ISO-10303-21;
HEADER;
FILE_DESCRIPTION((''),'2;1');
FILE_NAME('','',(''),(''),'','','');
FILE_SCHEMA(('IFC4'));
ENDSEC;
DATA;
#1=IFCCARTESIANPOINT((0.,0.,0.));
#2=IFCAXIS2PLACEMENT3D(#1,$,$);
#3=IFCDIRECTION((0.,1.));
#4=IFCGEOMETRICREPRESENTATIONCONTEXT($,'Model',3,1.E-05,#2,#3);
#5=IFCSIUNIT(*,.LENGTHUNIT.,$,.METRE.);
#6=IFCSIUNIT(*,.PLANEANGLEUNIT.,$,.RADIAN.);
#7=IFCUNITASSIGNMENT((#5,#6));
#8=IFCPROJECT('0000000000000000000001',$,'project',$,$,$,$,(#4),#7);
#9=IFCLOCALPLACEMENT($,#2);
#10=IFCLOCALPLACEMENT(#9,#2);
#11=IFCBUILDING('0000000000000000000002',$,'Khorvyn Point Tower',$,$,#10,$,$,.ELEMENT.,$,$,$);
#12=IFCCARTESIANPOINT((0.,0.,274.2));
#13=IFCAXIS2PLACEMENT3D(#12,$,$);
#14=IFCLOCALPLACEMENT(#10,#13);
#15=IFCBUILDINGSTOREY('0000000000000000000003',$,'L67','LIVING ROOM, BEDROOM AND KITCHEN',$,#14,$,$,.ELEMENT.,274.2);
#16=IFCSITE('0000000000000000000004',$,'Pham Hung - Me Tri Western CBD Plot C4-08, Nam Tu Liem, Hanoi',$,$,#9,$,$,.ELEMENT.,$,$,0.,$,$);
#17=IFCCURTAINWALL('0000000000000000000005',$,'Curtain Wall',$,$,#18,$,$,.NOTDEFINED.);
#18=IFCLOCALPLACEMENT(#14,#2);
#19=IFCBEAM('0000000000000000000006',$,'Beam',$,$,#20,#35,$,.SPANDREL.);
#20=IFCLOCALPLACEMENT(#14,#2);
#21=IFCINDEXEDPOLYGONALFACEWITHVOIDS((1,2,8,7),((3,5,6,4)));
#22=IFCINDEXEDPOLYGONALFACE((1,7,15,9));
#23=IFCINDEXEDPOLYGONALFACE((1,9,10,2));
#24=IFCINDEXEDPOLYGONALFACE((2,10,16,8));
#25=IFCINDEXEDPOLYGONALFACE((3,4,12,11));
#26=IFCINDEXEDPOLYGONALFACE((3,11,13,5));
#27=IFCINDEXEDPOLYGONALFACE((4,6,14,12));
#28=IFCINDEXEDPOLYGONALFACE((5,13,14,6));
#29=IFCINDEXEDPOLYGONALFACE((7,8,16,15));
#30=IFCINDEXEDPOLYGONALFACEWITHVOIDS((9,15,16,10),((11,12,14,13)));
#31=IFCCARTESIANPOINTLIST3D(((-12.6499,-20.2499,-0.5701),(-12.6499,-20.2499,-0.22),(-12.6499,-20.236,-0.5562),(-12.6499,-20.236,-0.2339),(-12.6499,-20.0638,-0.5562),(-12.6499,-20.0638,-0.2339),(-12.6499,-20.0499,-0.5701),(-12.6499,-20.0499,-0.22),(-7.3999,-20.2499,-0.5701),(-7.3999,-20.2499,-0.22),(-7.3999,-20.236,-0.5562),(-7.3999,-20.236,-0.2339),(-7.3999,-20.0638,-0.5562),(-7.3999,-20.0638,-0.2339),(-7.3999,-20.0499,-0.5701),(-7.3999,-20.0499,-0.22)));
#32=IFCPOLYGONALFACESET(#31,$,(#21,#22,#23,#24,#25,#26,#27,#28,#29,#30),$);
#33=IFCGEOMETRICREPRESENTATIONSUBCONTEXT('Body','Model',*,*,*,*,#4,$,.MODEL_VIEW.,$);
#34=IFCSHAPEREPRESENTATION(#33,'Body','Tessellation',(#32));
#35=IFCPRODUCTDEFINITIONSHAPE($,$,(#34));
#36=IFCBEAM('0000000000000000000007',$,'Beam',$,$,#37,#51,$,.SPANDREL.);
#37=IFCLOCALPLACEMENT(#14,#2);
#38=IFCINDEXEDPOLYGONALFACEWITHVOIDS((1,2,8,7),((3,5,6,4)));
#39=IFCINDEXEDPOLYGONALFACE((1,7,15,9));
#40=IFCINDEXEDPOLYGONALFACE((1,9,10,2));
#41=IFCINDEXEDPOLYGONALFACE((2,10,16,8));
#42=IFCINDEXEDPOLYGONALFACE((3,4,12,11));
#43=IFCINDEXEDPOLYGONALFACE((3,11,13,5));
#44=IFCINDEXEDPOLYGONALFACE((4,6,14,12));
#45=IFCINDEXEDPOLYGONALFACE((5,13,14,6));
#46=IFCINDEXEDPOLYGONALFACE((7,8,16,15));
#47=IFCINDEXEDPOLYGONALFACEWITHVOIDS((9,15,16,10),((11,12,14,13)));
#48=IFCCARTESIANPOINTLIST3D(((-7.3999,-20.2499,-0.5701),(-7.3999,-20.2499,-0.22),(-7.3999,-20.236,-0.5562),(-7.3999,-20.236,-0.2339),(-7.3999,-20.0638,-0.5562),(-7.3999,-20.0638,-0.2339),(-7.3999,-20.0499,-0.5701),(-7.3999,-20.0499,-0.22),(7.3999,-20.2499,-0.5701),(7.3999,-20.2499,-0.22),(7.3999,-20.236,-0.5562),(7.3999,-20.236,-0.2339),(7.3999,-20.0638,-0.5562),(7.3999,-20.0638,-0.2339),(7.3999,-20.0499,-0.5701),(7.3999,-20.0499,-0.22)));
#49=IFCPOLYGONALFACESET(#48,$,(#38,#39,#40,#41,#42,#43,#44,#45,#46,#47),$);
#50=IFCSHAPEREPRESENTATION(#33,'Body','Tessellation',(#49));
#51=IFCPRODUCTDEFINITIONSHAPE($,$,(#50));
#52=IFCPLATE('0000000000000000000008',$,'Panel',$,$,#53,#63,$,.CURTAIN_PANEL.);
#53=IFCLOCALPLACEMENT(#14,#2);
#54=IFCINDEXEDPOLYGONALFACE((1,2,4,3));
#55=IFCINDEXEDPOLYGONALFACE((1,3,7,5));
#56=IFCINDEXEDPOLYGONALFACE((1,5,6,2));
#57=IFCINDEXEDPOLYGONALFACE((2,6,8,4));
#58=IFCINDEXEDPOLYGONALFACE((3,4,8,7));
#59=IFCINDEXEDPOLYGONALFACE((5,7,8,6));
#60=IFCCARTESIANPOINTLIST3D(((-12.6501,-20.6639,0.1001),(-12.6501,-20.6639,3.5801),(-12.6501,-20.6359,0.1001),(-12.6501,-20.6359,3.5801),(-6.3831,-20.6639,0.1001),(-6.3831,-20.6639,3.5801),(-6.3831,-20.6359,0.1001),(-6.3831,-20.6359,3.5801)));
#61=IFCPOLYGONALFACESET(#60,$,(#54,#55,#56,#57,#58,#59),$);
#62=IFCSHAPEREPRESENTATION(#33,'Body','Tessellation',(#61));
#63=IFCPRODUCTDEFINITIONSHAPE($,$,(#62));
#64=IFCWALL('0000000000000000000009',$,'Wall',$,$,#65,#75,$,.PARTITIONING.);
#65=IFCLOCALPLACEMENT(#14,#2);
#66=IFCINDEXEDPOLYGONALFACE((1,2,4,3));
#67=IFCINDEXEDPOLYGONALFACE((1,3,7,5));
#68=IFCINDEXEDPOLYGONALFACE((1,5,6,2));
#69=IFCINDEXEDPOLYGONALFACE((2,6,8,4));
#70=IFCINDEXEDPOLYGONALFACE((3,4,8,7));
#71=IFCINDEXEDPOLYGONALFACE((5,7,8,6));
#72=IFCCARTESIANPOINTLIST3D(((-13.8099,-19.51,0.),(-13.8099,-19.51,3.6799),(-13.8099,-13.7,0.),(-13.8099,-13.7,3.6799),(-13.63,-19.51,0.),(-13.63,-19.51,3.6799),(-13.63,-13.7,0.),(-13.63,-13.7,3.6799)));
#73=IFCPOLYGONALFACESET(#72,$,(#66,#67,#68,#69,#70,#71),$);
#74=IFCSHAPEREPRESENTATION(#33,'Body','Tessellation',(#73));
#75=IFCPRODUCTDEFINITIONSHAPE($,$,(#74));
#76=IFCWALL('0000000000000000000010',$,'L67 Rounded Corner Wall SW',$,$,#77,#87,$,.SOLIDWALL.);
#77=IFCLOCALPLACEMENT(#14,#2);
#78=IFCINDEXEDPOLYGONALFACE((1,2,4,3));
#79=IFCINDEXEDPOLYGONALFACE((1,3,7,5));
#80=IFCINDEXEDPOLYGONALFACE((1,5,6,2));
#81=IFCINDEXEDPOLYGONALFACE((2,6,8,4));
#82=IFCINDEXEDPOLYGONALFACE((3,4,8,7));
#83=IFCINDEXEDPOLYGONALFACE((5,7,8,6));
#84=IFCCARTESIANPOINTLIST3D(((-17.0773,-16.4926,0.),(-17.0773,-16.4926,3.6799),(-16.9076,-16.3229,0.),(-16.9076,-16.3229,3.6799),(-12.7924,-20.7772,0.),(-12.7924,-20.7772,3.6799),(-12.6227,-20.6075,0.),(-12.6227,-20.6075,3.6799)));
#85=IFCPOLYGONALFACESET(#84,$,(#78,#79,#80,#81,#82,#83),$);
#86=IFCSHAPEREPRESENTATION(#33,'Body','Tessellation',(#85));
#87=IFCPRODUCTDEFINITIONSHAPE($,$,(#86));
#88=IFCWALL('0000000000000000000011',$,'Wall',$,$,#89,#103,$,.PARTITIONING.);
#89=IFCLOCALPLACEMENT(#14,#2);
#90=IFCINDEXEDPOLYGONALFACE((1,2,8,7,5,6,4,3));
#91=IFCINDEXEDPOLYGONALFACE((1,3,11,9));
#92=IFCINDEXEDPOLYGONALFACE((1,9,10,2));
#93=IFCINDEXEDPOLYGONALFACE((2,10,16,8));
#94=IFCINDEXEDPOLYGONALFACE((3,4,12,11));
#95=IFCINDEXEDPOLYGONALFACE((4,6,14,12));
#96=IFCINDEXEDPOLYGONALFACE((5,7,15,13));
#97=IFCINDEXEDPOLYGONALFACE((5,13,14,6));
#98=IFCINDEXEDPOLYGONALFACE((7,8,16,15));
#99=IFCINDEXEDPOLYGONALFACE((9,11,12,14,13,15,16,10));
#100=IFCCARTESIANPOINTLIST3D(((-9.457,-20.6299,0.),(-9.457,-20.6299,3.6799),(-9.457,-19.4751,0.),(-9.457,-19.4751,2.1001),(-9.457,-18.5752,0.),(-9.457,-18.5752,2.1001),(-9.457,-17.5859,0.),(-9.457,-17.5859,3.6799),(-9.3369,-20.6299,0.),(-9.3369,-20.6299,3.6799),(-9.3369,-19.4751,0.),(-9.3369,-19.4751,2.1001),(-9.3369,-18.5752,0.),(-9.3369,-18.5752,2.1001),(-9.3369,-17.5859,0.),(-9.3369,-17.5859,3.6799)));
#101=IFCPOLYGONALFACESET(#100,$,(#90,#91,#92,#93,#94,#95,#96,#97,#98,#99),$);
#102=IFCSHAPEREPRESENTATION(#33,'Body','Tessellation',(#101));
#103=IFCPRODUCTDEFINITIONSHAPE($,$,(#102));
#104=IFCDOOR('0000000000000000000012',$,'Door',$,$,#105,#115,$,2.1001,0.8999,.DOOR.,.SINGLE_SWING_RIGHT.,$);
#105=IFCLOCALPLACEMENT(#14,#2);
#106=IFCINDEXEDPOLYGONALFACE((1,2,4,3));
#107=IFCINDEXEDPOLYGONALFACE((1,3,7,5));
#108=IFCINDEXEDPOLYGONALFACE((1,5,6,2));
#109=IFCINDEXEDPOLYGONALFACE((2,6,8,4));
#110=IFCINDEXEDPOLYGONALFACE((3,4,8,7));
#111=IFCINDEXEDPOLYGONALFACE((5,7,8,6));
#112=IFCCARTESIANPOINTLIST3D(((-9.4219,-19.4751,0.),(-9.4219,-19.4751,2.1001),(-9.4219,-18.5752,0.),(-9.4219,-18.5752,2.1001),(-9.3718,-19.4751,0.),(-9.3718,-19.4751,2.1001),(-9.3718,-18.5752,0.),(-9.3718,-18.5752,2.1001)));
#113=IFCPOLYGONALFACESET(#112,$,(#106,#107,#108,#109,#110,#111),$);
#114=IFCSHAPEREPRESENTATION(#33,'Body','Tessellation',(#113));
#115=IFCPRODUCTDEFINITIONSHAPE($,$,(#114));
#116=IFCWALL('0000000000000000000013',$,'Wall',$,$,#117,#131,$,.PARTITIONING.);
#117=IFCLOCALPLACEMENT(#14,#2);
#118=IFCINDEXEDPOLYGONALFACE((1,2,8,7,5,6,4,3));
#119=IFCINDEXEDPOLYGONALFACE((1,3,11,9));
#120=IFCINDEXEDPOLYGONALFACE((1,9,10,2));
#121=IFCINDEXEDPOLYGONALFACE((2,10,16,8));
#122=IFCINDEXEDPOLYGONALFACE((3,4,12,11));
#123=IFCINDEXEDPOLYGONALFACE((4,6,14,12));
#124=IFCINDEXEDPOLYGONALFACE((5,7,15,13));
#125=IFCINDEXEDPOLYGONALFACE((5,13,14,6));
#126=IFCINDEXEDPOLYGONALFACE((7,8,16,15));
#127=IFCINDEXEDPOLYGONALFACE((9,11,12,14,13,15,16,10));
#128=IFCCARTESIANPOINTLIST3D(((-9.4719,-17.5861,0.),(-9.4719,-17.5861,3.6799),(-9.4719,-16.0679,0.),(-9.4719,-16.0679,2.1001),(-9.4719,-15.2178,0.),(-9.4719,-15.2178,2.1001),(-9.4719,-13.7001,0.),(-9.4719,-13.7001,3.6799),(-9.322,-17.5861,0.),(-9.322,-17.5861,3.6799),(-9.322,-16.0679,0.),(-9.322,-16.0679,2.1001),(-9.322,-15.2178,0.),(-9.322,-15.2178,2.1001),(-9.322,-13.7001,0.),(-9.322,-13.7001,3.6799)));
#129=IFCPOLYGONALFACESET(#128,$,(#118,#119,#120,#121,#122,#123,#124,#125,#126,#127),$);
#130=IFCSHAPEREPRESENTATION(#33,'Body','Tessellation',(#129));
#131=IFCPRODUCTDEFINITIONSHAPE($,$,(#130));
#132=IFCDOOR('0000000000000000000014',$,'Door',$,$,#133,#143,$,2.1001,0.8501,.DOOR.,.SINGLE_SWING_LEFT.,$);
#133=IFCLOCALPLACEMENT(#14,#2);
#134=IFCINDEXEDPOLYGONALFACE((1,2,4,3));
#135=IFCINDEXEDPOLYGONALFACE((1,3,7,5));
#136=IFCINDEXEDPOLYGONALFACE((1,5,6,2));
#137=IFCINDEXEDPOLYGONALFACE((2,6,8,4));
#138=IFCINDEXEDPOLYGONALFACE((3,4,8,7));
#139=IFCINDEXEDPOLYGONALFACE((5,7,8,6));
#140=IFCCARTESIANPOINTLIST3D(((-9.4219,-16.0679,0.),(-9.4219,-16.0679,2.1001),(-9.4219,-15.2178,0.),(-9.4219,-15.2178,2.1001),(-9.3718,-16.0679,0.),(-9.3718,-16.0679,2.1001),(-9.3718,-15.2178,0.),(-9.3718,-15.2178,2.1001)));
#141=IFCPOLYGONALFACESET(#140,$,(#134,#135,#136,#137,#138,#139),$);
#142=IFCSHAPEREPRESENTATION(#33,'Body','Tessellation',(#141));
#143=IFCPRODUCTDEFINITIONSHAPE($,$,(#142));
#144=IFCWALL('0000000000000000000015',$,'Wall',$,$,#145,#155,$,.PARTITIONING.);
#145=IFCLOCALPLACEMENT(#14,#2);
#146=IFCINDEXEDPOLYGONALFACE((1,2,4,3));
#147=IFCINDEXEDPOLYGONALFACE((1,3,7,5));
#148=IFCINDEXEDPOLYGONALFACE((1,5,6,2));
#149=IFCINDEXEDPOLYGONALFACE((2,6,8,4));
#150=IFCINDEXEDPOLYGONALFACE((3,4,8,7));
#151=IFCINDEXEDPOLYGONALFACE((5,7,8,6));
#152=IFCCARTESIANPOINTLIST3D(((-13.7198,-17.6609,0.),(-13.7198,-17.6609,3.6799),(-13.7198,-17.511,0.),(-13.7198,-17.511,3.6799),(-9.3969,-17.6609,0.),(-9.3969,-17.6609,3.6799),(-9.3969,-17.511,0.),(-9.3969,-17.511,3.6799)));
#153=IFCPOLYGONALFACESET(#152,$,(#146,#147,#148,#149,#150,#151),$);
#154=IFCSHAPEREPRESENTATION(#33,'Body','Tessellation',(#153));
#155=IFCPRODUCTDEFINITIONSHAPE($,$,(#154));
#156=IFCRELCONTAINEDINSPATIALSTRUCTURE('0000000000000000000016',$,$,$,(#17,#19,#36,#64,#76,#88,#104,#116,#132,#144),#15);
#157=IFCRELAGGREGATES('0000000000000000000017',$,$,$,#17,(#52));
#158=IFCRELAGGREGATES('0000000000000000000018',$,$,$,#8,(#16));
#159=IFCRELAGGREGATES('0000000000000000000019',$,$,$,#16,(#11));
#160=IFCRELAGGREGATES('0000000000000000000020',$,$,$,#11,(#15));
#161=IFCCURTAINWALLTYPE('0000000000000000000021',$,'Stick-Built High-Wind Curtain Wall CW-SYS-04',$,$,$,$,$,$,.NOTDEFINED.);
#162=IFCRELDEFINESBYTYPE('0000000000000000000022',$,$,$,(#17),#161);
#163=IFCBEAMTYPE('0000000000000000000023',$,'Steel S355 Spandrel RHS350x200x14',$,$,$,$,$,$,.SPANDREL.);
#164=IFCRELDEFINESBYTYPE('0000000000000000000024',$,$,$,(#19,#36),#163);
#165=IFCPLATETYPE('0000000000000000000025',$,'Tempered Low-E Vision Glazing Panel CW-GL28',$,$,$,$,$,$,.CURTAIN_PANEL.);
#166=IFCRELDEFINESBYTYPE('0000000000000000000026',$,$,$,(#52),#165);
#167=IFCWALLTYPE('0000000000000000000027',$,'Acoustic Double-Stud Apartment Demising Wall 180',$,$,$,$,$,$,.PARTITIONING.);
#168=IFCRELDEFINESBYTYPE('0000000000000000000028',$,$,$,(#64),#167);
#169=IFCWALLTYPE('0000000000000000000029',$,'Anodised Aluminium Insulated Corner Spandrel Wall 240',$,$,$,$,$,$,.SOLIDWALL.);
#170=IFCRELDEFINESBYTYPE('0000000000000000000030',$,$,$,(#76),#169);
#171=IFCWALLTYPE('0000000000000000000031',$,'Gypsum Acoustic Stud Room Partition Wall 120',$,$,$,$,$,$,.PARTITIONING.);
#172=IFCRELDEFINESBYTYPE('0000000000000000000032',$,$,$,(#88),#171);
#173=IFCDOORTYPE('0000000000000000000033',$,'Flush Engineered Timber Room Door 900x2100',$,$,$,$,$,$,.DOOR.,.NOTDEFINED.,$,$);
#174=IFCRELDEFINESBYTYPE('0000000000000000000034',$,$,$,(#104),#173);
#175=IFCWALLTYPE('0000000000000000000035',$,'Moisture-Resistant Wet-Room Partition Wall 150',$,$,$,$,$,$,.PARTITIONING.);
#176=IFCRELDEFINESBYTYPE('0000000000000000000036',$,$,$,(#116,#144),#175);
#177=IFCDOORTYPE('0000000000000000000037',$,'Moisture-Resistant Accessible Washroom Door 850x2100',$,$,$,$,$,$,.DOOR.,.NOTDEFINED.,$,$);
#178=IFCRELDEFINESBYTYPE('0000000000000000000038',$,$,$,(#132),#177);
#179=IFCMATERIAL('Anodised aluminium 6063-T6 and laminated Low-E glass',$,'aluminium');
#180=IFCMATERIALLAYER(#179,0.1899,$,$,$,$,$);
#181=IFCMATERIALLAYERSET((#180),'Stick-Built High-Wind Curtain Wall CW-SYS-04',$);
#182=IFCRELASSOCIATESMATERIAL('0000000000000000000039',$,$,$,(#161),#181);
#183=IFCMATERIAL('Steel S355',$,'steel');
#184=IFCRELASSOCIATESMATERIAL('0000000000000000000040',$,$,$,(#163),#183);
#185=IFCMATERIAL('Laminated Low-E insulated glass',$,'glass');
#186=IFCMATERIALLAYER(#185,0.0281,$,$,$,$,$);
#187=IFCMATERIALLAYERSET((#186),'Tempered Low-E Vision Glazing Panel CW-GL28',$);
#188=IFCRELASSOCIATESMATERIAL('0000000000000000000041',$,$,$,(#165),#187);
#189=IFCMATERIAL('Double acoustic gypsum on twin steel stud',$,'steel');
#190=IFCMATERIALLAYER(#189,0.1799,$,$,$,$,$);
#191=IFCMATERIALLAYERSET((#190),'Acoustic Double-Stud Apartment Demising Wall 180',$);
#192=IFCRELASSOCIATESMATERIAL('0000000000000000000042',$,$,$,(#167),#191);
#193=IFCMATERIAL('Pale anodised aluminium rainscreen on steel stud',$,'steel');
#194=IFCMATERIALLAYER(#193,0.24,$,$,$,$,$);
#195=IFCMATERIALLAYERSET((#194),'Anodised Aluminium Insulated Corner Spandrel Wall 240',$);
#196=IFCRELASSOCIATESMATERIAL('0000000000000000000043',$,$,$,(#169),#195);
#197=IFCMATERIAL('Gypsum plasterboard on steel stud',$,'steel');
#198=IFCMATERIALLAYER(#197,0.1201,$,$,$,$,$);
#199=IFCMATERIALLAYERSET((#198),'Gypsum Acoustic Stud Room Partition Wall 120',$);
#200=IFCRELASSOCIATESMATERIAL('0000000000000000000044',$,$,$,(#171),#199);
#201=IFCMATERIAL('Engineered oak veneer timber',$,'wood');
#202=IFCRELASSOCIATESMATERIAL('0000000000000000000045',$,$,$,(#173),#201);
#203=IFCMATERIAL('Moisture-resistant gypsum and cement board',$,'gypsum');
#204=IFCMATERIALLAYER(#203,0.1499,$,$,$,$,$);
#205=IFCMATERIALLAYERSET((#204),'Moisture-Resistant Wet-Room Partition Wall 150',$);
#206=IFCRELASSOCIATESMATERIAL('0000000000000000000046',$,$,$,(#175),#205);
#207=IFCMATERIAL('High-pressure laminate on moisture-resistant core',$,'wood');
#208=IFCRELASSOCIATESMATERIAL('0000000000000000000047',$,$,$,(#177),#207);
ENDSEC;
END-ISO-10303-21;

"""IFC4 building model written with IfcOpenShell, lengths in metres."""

from ifc_helpers import new_model, si_unit, direction, frame, frame_2d, origin, origin_2d, place, context, subcontext, project, spatial, rectangle, hollow_rectangle, extrude, material, layer, layer_set, material_profile, profile_set, type_object, element, fill, aggregate, save


model = new_model("IFC4")

# Units and contexts
model_context = context("Model", 3, precision=1e-05, world=origin(), true_north=direction((0.0, 1.0)))
body_context = subcontext(model_context, "Body", "Model", "MODEL_VIEW")
ifc_project = project(units=[si_unit("LENGTHUNIT", "METRE"), si_unit("PLANEANGLEUNIT", "RADIAN")], contexts=[model_context])

# Site, building, storey
site_placement = place(None, origin())
site = spatial("IfcSite", under=ifc_project, at=site_placement, Name="Pham Hung - Me Tri Western CBD Plot C4-08, Nam Tu Liem, Hanoi", CompositionType="ELEMENT", RefElevation=0.0)
building_placement = place(site_placement, origin())
building = spatial("IfcBuilding", under=site, at=building_placement, Name="Khorvyn Point Tower", CompositionType="ELEMENT")
storey_placement = place(building_placement, frame((0.0, 0.0, 274.2)))
storey = spatial("IfcBuildingStorey", under=building, at=storey_placement, Name="L67", Description="LIVING ROOM, BEDROOM AND KITCHEN", CompositionType="ELEMENT", Elevation=274.2)

# Shared definitions
ifc_material_1 = material(Name="Steel S355", Category="steel")

# Curtain wall
ifc_material_2 = material(Name="Anodised aluminium 6063-T6 and laminated Low-E glass", Category="aluminium")
ifc_layer_1 = layer(ifc_material_2, 0.1899)
ifc_layer_set_1 = layer_set([ifc_layer_1], Name="Stick-Built High-Wind Curtain Wall CW-SYS-04")
curtain_wall_type = type_object("IfcCurtainWallType", Name="Stick-Built High-Wind Curtain Wall CW-SYS-04", PredefinedType="NOTDEFINED", material=ifc_layer_set_1)
curtain_wall_1_placement = place(storey_placement, origin())
curtain_wall_1 = element("IfcCurtainWall", 1, at=curtain_wall_1_placement, inside=storey, type_object=curtain_wall_type, Name="Curtain Wall", PredefinedType="NOTDEFINED")

# Beams
ifc_material_profile_1 = material_profile(ifc_material_1, hollow_rectangle(XDim=0.2, YDim=0.3501, WallThickness=0.0139, at=origin_2d()))
ifc_profile_set_1 = profile_set([ifc_material_profile_1], Name="Steel S355 RHS350x200x14")
beam_type_1 = type_object("IfcBeamType", Name="Steel S355 Spandrel RHS350x200x14", PredefinedType="SPANDREL", material=ifc_profile_set_1)
beam_1_placement = place(storey_placement, frame((-12.6499, -20.1499, -0.395), z_axis=(1.0, 0.0, 0.0), x_axis=(0.0, 1.0, 0.0)))
element("IfcBeam", 2, at=beam_1_placement, inside=storey, type_object=beam_type_1, Name="Beam", PredefinedType="SPANDREL", context=body_context, shape_type="SweptSolid", body=[
    extrude(hollow_rectangle(XDim=0.2, YDim=0.3501, WallThickness=0.0139, at=origin_2d()), origin(), (0.0, 0.0, 1.0), 5.25),
])
beam_2_placement = place(storey_placement, frame((-7.3999, -20.1499, -0.395), z_axis=(1.0, 0.0, 0.0), x_axis=(0.0, 1.0, 0.0)))
element("IfcBeam", 3, at=beam_2_placement, inside=storey, type_object=beam_type_1, Name="Beam", PredefinedType="SPANDREL", context=body_context, shape_type="SweptSolid", body=[
    extrude(hollow_rectangle(XDim=0.2, YDim=0.3501, WallThickness=0.0139, at=origin_2d()), origin(), (0.0, 0.0, 1.0), 14.7998),
])

# Plate
ifc_material_3 = material(Name="Laminated Low-E insulated glass", Category="glass")
ifc_layer_2 = layer(ifc_material_3, 0.0281)
ifc_layer_set_2 = layer_set([ifc_layer_2], Name="Tempered Low-E Vision Glazing Panel CW-GL28")
plate_type = type_object("IfcPlateType", Name="Tempered Low-E Vision Glazing Panel CW-GL28", PredefinedType="CURTAIN_PANEL", material=ifc_layer_set_2)
plate_placement = place(storey_placement, frame((-9.5166, -20.6499, 0.1001), z_axis=(0.0, 0.0, 1.0), x_axis=(-1.0, 0.0, 0.0)))
plate = element("IfcPlate", 4, at=plate_placement, type_object=plate_type, Name="Panel", PredefinedType="CURTAIN_PANEL", context=body_context, shape_type="SweptSolid", body=[
    extrude(rectangle(XDim=6.2671, YDim=0.0281, at=origin_2d()), origin(), (0.0, 0.0, 1.0), 3.48),
])
aggregate(curtain_wall_1, [plate])

# Walls
ifc_material_4 = material(Name="Double acoustic gypsum on twin steel stud", Category="steel")
ifc_layer_3 = layer(ifc_material_4, 0.1799)
ifc_layer_set_3 = layer_set([ifc_layer_3], Name="Acoustic Double-Stud Apartment Demising Wall 180")
wall_type_1 = type_object("IfcWallType", Name="Acoustic Double-Stud Apartment Demising Wall 180", PredefinedType="PARTITIONING", material=ifc_layer_set_3)
wall_1_placement = place(storey_placement, frame((-13.72, -19.51, 0.0), z_axis=(0.0, 0.0, 1.0), x_axis=(0.0, 1.0, 0.0)))
element("IfcWall", 5, at=wall_1_placement, inside=storey, type_object=wall_type_1, Name="Wall", PredefinedType="PARTITIONING", context=body_context, shape_type="SweptSolid", body=[
    extrude(rectangle(XDim=5.8101, YDim=0.1799, at=frame_2d((2.905, 0.0))), origin(), (0.0, 0.0, 1.0), 3.6799),
])
ifc_material_5 = material(Name="Pale anodised aluminium rainscreen on steel stud", Category="steel")
ifc_layer_4 = layer(ifc_material_5, 0.24)
ifc_layer_set_4 = layer_set([ifc_layer_4], Name="Anodised Aluminium Insulated Corner Spandrel Wall 240")
wall_type_2 = type_object("IfcWallType", Name="Anodised Aluminium Insulated Corner Spandrel Wall 240", PredefinedType="SOLIDWALL", material=ifc_layer_set_4)
wall_2_placement = place(storey_placement, frame((-12.7075, -20.6924, 0.0), z_axis=(0.0, 0.0, 1.0), x_axis=(-0.707127, 0.707087, 0.0)))
element("IfcWall", 6, at=wall_2_placement, inside=storey, type_object=wall_type_2, Name="L67 Rounded Corner Wall SW", PredefinedType="SOLIDWALL", context=body_context, shape_type="SweptSolid", body=[
    extrude(rectangle(XDim=6.0596, YDim=0.24, at=frame_2d((3.0298, 0.0))), origin(), (0.0, 0.0, 1.0), 3.6799),
])

# Walls, openings, doors
ifc_material_6 = material(Name="Gypsum plasterboard on steel stud", Category="steel")
ifc_layer_5 = layer(ifc_material_6, 0.1201)
ifc_layer_set_5 = layer_set([ifc_layer_5], Name="Gypsum Acoustic Stud Room Partition Wall 120")
wall_type_3 = type_object("IfcWallType", Name="Gypsum Acoustic Stud Room Partition Wall 120", PredefinedType="PARTITIONING", material=ifc_layer_set_5)
wall_3_placement = place(storey_placement, frame((-9.397, -20.6299, 0.0), z_axis=(0.0, 0.0, 1.0), x_axis=(0.0, 1.0, 0.0)))
wall_3 = element("IfcWall", 7, at=wall_3_placement, inside=storey, type_object=wall_type_3, Name="Wall", PredefinedType="PARTITIONING", context=body_context, shape_type="SweptSolid", body=[
    extrude(rectangle(XDim=3.0439, YDim=0.1201, at=frame_2d((1.522, 0.0))), origin(), (0.0, 0.0, 1.0), 3.6799),
])
opening_1_placement = place(wall_3_placement, frame((1.1548, 0.0, 0.0)))
opening_1 = element("IfcOpeningElement", 8, at=opening_1_placement, cuts=wall_3, PredefinedType="OPENING", context=body_context, shape_type="SweptSolid", body=[
    extrude(rectangle(XDim=0.8999, YDim=2.1001, at=frame_2d((0.45, 1.05))), frame((0.0, 0.0701, 0.0), z_axis=(0.0, -1.0, 0.0), x_axis=(1.0, 0.0, 0.0)), (0.0, 0.0, 1.0), 0.1401),
])
ifc_material_7 = material(Name="Engineered oak veneer timber", Category="wood")
door_type_1 = type_object("IfcDoorType", Name="Flush Engineered Timber Room Door 900x2100", OperationType="NOTDEFINED", PredefinedType="DOOR", material=ifc_material_7)
door_1_placement = place(opening_1_placement, origin())
door_1 = element("IfcDoor", 9, at=door_1_placement, inside=storey, type_object=door_type_1, Name="Door", OperationType="SINGLE_SWING_RIGHT", OverallHeight=2.1001, OverallWidth=0.8999, PredefinedType="DOOR", context=body_context, shape_type="SweptSolid", body=[
    extrude(rectangle(XDim=0.8999, YDim=2.1001, at=frame_2d((0.45, 1.05))), frame((0.0, 0.0249, 0.0), z_axis=(0.0, -1.0, 0.0), x_axis=(1.0, 0.0, 0.0)), (0.0, 0.0, 1.0), 0.05),
])
fill(opening_1, door_1)
ifc_material_8 = material(Name="Moisture-resistant gypsum and cement board", Category="gypsum")
ifc_layer_6 = layer(ifc_material_8, 0.1499)
ifc_layer_set_6 = layer_set([ifc_layer_6], Name="Moisture-Resistant Wet-Room Partition Wall 150")
wall_type_4 = type_object("IfcWallType", Name="Moisture-Resistant Wet-Room Partition Wall 150", PredefinedType="PARTITIONING", material=ifc_layer_set_6)
wall_4_placement = place(storey_placement, frame((-9.397, -17.5859, 0.0), z_axis=(0.0, 0.0, 1.0), x_axis=(0.0, 1.0, 0.0)))
wall_4 = element("IfcWall", 10, at=wall_4_placement, inside=storey, type_object=wall_type_4, Name="Wall", PredefinedType="PARTITIONING", context=body_context, shape_type="SweptSolid", body=[
    extrude(rectangle(XDim=3.886, YDim=0.1499, at=frame_2d((1.9429, 0.0))), origin(), (0.0, 0.0, 1.0), 3.6799),
])
opening_2_placement = place(wall_4_placement, frame((1.5181, 0.0, 0.0)))
opening_2 = element("IfcOpeningElement", 11, at=opening_2_placement, cuts=wall_4, PredefinedType="OPENING", context=body_context, shape_type="SweptSolid", body=[
    extrude(rectangle(XDim=0.8501, YDim=2.1001, at=frame_2d((0.425, 1.05))), frame((0.0, 0.085, 0.0), z_axis=(0.0, -1.0, 0.0), x_axis=(1.0, 0.0, 0.0)), (0.0, 0.0, 1.0), 0.1699),
])
ifc_material_9 = material(Name="High-pressure laminate on moisture-resistant core", Category="wood")
door_type_2 = type_object("IfcDoorType", Name="Moisture-Resistant Accessible Washroom Door 850x2100", OperationType="NOTDEFINED", PredefinedType="DOOR", material=ifc_material_9)
door_2_placement = place(opening_2_placement, origin())
door_2 = element("IfcDoor", 12, at=door_2_placement, inside=storey, type_object=door_type_2, Name="Door", OperationType="SINGLE_SWING_LEFT", OverallHeight=2.1001, OverallWidth=0.8501, PredefinedType="DOOR", context=body_context, shape_type="SweptSolid", body=[
    extrude(rectangle(XDim=0.8501, YDim=2.1001, at=frame_2d((0.425, 1.05))), frame((0.0, 0.0249, 0.0), z_axis=(0.0, -1.0, 0.0), x_axis=(1.0, 0.0, 0.0)), (0.0, 0.0, 1.0), 0.05),
])
fill(opening_2, door_2)

# Wall
wall_5_placement = place(storey_placement, frame((-13.72, -17.5859, 0.0), z_axis=(0.0, 0.0, 1.0), x_axis=(1.0, 0.0, 0.0)))
element("IfcWall", 13, at=wall_5_placement, inside=storey, type_object=wall_type_4, Name="Wall", PredefinedType="PARTITIONING", context=body_context, shape_type="SweptSolid", body=[
    extrude(rectangle(XDim=4.323, YDim=0.1499, at=frame_2d((2.1616, 0.0))), origin(), (0.0, 0.0, 1.0), 3.6799),
])

save(model, "model.ifc")
